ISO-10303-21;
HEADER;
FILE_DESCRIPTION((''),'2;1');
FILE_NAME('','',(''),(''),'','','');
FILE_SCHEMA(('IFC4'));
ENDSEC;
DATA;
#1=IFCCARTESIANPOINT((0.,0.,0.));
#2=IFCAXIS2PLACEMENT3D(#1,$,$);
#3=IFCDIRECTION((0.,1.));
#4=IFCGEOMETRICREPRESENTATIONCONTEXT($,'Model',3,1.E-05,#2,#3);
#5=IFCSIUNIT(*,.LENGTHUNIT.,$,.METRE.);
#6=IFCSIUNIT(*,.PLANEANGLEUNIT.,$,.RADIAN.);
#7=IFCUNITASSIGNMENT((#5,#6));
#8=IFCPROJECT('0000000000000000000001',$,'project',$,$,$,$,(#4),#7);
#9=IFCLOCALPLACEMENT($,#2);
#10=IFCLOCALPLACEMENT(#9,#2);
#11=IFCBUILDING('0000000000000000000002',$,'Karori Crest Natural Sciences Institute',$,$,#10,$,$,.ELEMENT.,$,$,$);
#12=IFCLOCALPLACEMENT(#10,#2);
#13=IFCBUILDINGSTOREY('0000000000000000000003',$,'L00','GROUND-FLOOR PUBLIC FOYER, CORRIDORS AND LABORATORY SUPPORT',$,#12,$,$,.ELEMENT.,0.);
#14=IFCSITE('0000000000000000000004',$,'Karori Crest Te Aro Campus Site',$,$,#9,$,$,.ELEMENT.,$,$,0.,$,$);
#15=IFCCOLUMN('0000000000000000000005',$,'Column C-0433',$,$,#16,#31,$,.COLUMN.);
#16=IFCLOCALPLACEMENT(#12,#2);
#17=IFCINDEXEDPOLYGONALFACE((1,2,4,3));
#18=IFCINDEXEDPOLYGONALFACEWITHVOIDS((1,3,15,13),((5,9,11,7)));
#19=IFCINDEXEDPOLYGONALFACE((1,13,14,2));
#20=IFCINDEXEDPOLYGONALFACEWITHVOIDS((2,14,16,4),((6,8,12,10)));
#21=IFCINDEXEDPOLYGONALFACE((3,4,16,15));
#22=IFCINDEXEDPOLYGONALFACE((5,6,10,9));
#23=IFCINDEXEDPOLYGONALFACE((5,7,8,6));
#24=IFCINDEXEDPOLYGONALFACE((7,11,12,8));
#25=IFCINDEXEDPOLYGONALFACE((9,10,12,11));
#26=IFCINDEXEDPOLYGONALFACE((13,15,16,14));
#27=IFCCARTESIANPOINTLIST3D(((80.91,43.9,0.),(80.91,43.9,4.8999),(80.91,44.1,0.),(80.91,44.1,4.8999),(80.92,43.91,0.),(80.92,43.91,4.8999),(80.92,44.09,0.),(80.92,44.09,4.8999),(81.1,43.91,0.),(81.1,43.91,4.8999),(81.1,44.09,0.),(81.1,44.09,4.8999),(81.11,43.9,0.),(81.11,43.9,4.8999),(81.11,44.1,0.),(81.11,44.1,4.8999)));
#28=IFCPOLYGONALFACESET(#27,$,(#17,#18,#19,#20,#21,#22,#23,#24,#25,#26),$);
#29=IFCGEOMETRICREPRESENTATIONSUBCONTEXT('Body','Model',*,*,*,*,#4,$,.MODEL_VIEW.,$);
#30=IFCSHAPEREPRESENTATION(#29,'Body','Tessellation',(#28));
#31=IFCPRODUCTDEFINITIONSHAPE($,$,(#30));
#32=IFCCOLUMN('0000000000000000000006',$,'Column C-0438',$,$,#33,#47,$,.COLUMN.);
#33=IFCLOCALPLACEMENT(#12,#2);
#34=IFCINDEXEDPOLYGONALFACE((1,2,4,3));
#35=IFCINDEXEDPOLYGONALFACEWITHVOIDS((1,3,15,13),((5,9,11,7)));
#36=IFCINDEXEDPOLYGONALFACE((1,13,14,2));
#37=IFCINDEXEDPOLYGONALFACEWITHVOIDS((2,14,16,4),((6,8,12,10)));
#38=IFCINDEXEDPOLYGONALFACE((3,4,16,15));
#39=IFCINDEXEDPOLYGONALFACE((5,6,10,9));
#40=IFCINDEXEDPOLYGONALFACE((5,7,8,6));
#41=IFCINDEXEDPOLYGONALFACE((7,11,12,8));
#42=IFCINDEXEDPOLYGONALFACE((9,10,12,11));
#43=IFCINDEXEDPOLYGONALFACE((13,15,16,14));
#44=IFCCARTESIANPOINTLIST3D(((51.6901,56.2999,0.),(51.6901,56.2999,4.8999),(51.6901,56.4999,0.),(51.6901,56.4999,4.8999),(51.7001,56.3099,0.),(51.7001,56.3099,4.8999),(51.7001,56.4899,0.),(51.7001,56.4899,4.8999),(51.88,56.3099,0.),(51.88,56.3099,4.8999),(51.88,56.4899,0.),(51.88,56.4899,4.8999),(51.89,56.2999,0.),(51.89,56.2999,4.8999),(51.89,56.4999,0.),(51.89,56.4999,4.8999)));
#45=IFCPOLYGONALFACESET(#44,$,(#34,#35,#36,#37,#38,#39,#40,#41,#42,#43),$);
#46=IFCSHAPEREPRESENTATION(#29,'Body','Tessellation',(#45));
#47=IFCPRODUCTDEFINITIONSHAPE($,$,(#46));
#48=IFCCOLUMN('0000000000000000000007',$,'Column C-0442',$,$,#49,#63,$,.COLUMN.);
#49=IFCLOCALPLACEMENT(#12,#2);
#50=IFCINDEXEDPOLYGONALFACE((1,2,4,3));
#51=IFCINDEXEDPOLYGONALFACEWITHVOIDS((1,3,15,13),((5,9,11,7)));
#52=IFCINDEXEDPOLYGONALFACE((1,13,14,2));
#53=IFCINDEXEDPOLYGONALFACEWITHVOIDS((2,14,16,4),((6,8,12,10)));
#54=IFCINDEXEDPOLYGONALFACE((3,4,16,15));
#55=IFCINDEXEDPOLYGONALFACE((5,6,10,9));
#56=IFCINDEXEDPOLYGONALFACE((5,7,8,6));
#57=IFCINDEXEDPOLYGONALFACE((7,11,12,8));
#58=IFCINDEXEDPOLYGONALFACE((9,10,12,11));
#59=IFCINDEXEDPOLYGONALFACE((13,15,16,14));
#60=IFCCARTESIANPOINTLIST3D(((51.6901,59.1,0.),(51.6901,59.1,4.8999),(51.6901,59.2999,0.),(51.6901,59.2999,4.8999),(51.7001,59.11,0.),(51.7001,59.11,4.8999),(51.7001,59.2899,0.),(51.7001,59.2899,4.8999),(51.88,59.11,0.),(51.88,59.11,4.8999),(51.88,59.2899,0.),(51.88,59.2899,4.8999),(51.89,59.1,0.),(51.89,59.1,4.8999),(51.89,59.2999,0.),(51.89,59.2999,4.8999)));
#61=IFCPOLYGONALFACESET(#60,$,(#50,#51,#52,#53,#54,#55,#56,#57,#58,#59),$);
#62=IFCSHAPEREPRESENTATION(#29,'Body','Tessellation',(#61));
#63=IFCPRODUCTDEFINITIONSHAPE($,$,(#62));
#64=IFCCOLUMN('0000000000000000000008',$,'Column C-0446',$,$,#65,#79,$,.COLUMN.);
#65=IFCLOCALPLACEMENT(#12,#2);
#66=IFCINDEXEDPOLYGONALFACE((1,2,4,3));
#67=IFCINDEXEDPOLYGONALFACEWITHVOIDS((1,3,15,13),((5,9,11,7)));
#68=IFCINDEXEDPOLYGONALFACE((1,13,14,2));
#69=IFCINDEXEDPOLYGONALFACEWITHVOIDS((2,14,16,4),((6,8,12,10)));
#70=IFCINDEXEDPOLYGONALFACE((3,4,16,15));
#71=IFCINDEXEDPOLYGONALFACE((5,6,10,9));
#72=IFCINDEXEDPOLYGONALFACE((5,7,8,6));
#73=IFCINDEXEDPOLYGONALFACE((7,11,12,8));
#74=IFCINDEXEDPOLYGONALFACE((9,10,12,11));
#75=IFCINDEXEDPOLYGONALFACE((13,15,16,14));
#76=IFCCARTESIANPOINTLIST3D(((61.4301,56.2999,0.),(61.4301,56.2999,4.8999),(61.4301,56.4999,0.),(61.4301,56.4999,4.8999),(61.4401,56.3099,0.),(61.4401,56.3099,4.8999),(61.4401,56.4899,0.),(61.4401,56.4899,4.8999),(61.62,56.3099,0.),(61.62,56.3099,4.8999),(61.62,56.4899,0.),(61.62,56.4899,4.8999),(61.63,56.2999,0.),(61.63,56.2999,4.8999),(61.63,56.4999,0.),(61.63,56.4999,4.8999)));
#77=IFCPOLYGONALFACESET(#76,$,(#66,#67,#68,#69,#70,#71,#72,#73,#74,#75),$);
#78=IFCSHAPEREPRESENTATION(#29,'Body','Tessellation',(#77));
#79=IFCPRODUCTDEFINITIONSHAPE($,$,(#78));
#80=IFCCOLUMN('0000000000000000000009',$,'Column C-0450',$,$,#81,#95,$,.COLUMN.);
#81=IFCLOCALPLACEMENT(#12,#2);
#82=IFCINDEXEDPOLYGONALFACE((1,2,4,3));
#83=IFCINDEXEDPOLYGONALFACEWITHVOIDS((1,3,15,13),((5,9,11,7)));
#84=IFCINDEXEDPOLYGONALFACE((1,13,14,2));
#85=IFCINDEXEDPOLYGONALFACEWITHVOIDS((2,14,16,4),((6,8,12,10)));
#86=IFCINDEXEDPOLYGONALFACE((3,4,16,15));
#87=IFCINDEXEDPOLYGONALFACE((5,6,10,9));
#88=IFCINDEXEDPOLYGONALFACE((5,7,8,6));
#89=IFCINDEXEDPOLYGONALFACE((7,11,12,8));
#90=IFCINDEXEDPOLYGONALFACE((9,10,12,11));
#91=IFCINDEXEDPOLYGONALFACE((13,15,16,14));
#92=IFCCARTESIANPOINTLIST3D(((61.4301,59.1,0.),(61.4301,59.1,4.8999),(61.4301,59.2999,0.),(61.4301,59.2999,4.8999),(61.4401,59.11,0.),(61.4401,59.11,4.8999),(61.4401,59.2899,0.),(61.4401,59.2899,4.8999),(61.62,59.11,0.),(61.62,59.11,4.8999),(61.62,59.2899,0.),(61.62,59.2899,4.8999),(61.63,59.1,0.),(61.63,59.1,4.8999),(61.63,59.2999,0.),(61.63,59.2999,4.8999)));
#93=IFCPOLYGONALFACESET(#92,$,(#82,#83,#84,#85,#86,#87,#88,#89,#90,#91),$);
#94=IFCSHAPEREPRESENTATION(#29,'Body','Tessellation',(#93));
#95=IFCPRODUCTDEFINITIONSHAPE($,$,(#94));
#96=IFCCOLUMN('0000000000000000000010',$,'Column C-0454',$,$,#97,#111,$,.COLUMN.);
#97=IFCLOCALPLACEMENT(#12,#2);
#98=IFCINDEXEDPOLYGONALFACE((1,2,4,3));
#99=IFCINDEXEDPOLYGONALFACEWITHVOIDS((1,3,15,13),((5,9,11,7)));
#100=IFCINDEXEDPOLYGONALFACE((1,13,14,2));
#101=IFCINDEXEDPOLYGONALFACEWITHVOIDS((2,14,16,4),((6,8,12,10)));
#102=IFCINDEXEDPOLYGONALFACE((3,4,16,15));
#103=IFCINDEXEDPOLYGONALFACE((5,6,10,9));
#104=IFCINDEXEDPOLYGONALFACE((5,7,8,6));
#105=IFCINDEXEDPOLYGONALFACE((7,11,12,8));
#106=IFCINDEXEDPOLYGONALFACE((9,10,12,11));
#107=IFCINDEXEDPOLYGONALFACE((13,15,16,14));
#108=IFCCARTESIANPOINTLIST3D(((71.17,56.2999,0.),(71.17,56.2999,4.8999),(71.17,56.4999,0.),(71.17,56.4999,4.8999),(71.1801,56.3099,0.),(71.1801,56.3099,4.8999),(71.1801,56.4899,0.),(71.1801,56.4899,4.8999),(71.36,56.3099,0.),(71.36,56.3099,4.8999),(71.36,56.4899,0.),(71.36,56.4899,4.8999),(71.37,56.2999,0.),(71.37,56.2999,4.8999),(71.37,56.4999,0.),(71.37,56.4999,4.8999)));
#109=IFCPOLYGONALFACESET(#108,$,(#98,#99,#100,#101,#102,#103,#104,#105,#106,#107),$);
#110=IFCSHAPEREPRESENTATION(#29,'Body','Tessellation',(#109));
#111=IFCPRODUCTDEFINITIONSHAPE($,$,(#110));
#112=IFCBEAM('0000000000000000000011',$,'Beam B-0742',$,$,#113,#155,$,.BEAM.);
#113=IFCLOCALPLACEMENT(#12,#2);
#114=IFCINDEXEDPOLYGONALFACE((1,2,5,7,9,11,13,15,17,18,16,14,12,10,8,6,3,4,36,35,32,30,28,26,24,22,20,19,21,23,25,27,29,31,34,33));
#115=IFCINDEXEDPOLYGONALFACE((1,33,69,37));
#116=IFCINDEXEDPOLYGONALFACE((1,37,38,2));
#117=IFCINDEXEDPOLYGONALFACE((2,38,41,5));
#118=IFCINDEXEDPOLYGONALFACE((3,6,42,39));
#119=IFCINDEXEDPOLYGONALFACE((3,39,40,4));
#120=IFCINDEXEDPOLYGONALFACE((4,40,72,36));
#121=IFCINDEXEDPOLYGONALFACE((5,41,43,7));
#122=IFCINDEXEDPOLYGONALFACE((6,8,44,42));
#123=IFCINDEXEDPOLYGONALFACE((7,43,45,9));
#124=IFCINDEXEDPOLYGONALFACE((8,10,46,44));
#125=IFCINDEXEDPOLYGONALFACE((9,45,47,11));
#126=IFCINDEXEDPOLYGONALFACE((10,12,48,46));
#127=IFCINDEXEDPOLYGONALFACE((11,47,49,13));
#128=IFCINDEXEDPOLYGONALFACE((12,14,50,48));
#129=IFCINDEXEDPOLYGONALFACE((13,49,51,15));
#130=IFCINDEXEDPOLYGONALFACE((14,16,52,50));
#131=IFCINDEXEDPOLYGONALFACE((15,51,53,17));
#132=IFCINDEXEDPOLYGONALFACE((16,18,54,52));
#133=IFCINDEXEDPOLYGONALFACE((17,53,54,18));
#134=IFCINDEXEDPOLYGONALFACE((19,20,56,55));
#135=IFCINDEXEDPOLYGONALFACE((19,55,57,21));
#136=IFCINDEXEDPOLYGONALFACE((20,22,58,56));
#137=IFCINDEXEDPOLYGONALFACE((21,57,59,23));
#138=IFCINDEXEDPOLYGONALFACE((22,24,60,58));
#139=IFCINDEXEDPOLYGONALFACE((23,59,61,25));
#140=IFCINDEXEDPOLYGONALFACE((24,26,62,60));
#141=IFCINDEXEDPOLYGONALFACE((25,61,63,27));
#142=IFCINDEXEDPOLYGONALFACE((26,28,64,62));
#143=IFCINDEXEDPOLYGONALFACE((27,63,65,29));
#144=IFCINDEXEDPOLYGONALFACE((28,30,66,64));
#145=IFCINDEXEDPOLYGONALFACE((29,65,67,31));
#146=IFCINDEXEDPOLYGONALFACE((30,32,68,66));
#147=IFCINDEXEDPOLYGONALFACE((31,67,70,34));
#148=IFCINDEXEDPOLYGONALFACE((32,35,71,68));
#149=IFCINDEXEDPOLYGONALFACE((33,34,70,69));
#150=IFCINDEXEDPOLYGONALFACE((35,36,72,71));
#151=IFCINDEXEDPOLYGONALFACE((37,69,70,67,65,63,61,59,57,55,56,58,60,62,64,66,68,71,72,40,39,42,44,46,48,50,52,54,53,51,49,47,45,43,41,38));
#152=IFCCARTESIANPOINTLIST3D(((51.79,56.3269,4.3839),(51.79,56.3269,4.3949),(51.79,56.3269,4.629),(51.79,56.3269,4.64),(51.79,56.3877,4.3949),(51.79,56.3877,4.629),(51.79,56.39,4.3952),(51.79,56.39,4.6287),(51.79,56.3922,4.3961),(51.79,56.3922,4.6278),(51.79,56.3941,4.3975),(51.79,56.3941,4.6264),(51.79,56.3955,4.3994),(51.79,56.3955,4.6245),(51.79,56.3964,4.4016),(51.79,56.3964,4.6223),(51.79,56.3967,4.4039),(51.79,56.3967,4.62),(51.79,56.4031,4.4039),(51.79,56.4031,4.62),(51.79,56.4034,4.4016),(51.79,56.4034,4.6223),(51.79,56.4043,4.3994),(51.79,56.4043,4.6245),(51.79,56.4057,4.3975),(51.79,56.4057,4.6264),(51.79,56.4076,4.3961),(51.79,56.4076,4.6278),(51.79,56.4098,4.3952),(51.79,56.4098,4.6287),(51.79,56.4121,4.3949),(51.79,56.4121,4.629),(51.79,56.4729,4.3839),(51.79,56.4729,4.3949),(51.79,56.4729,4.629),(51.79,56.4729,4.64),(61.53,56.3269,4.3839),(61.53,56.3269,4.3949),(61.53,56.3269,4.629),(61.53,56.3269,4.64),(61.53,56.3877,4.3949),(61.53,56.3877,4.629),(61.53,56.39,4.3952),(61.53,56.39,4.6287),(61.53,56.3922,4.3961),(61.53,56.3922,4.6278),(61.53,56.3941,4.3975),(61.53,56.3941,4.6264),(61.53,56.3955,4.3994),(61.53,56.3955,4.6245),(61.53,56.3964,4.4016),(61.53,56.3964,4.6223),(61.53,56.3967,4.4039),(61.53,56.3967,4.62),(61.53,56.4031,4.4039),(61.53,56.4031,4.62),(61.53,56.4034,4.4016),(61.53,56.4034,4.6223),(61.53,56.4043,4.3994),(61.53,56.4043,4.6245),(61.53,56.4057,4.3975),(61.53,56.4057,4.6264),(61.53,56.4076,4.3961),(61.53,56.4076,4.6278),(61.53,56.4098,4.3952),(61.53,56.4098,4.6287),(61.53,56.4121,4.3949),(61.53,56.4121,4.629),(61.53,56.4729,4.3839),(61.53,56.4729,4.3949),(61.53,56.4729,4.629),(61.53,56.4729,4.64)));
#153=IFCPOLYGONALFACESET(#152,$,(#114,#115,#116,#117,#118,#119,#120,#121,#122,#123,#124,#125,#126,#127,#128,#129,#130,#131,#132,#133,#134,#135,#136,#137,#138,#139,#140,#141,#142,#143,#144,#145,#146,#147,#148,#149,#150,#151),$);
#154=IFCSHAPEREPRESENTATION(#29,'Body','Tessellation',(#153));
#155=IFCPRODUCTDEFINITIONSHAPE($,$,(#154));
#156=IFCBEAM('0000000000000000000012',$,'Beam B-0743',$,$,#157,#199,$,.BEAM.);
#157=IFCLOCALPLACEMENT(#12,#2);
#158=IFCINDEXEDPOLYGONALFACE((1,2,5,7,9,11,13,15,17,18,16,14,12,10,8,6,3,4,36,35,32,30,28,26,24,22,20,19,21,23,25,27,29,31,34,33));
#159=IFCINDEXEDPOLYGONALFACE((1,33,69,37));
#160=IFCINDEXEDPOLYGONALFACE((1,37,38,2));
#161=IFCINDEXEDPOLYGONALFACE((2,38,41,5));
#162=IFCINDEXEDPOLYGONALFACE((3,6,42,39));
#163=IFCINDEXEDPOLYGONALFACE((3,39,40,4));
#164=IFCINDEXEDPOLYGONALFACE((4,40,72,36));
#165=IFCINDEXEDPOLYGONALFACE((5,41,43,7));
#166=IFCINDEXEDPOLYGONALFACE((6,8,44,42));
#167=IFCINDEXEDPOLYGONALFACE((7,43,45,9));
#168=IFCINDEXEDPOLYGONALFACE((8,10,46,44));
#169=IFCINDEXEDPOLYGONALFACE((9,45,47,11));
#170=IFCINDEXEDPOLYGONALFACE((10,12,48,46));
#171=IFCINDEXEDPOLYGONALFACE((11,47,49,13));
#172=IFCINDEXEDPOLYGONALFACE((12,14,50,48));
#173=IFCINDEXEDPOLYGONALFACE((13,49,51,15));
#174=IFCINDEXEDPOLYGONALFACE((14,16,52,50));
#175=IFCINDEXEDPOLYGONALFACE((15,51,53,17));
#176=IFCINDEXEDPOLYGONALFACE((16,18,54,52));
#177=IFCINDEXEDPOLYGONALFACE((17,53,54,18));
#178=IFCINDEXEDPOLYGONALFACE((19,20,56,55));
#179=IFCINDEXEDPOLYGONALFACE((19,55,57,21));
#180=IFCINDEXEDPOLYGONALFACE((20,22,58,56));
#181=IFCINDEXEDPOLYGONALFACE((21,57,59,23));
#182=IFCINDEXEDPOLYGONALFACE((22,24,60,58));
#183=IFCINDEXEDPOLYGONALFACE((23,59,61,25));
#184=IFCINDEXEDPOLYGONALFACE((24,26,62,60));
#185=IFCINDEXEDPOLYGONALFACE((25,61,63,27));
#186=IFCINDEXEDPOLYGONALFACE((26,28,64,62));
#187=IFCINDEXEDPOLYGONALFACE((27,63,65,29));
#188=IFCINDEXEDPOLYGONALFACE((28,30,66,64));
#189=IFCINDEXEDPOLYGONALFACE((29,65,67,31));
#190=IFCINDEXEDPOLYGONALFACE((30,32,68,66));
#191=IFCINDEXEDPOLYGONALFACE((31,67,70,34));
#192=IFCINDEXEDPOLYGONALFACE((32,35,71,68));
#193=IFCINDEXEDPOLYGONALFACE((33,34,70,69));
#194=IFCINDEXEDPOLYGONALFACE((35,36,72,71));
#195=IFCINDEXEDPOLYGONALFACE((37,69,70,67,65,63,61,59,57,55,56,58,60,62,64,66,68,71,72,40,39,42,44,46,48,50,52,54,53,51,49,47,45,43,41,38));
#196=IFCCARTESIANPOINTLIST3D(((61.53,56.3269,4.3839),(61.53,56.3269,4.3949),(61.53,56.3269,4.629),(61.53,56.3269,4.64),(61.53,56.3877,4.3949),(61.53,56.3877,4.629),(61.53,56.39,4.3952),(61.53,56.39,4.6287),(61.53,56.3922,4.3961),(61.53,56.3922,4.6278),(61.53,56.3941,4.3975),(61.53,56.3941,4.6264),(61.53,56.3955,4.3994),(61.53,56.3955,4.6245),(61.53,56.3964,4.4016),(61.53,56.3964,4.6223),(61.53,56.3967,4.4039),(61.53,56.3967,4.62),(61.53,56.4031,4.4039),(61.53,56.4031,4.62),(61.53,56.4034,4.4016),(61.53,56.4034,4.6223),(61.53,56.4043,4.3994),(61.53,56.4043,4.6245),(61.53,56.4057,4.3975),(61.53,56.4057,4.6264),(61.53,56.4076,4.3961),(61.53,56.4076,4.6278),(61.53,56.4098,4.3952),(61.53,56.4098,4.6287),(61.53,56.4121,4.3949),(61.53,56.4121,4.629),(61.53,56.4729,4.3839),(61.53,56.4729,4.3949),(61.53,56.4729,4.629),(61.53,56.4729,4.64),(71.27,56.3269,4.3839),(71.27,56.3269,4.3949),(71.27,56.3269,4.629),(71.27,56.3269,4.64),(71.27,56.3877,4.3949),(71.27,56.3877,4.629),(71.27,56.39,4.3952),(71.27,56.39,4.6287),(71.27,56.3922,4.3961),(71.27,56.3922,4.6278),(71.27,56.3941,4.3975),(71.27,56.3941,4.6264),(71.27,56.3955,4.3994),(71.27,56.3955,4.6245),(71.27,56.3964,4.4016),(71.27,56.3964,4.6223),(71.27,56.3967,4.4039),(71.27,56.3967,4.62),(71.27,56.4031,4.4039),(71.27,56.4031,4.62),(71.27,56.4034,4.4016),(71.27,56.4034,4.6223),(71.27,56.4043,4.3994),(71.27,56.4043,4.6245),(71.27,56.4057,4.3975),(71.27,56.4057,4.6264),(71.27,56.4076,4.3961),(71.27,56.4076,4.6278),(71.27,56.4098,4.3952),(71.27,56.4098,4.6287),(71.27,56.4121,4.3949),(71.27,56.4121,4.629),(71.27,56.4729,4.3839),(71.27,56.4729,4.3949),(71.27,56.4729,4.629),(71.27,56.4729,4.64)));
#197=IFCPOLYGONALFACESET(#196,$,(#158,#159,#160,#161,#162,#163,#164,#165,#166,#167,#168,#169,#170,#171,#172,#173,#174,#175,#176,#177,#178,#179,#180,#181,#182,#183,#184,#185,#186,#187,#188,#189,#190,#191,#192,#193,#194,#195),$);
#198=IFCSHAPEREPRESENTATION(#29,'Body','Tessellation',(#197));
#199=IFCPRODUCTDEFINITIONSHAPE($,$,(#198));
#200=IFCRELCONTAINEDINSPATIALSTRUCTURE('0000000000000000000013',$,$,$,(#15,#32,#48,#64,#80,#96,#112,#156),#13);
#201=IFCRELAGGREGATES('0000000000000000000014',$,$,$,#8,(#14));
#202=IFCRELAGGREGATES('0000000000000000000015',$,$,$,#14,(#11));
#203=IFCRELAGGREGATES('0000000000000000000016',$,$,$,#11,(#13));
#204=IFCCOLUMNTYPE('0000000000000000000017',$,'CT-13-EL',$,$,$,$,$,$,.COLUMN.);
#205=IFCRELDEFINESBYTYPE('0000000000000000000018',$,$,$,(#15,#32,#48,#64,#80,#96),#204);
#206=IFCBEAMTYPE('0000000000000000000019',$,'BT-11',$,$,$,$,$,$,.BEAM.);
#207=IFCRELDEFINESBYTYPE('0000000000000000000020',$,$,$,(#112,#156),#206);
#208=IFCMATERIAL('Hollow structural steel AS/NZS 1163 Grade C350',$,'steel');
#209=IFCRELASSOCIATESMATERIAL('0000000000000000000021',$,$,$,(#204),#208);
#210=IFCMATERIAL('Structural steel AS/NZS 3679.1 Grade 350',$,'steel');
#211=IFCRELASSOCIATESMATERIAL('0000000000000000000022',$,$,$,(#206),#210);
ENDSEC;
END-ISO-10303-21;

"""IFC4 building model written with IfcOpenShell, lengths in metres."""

from ifc_helpers import new_model, si_unit, direction, frame, origin, origin_2d, place, context, subcontext, project, spatial, hollow_rectangle, i_section, extrude, material, material_profile, profile_set, type_object, element, save


model = new_model("IFC4")

# Units and contexts
model_context = context("Model", 3, precision=1e-05, world=origin(), true_north=direction((0.0, 1.0)))
body_context = subcontext(model_context, "Body", "Model", "MODEL_VIEW")
ifc_project = project(units=[si_unit("LENGTHUNIT", "METRE"), si_unit("PLANEANGLEUNIT", "RADIAN")], contexts=[model_context])

# Site, building, storey
site_placement = place(None, origin())
site = spatial("IfcSite", under=ifc_project, at=site_placement, Name="Karori Crest Te Aro Campus Site", CompositionType="ELEMENT", RefElevation=0.0)
building_placement = place(site_placement, origin())
building = spatial("IfcBuilding", under=site, at=building_placement, Name="Karori Crest Natural Sciences Institute", CompositionType="ELEMENT")
storey_placement = place(building_placement, origin())
storey = spatial("IfcBuildingStorey", under=building, at=storey_placement, Name="L00", Description="GROUND-FLOOR PUBLIC FOYER, CORRIDORS AND LABORATORY SUPPORT", CompositionType="ELEMENT", Elevation=0.0)

# Columns
ifc_material_1 = material(Name="Hollow structural steel AS/NZS 1163 Grade C350", Category="steel")
ifc_material_profile_1 = material_profile(ifc_material_1, hollow_rectangle(XDim=0.2, YDim=0.2, WallThickness=0.01, at=origin_2d()), Name="SHS200x200x10")
ifc_profile_set_1 = profile_set([ifc_material_profile_1], Name="Hollow structural steel AS/NZS 1163 Grade C350")
column_type = type_object("IfcColumnType", Name="CT-13-EL", PredefinedType="COLUMN", material=ifc_profile_set_1)
for number, where, z_axis, x_axis, name in (
    (1, (81.01, 44.0, 0.0), (0.0, 0.0, 1.0), (1.0, 0.0, 0.0), "Column C-0433"),
    (2, (51.79, 56.3999, 0.0), (0.0, 0.0, 1.0), (1.0, 0.0, 0.0), "Column C-0438"),
    (3, (51.79, 59.2, 0.0), (0.0, 0.0, 1.0), (1.0, 0.0, 0.0), "Column C-0442"),
    (4, (61.53, 56.3999, 0.0), (0.0, 0.0, 1.0), (1.0, 0.0, 0.0), "Column C-0446"),
    (5, (61.53, 59.2, 0.0), (0.0, 0.0, 1.0), (1.0, 0.0, 0.0), "Column C-0450"),
    (6, (71.27, 56.3999, 0.0), (0.0, 0.0, 1.0), (1.0, 0.0, 0.0), "Column C-0454"),
):
    element("IfcColumn", number, at=place(storey_placement, frame(where, z_axis=z_axis, x_axis=x_axis)), inside=storey, type_object=column_type, Name=name, PredefinedType="COLUMN", context=body_context, shape_type="SweptSolid", body=[
        extrude(hollow_rectangle(XDim=0.2, YDim=0.2, WallThickness=0.01, at=origin_2d()), origin(), (0.0, 0.0, 1.0), 4.8999),
    ])

# Beams
ifc_material_2 = material(Name="Structural steel AS/NZS 3679.1 Grade 350", Category="steel")
ifc_material_profile_2 = material_profile(ifc_material_2, i_section(OverallWidth=0.146, OverallDepth=0.2561, WebThickness=0.0063, FlangeThickness=0.011, FilletRadius=0.009, at=origin_2d()), Name="250UB37.3")
ifc_profile_set_2 = profile_set([ifc_material_profile_2], Name="Structural steel AS/NZS 3679.1 Grade 350")
beam_type_1 = type_object("IfcBeamType", Name="BT-11", PredefinedType="BEAM", material=ifc_profile_set_2)
for number, where, z_axis, x_axis, name in (
    (7, (51.79, 56.3999, 4.512), (1.0, 0.0, 0.0), (0.0, 1.0, 0.0), "Beam B-0742"),
    (8, (61.53, 56.3999, 4.512), (1.0, 0.0, 0.0), (0.0, 1.0, 0.0), "Beam B-0743"),
):
    element("IfcBeam", number, at=place(storey_placement, frame(where, z_axis=z_axis, x_axis=x_axis)), inside=storey, type_object=beam_type_1, Name=name, PredefinedType="BEAM", context=body_context, shape_type="SweptSolid", body=[
        extrude(i_section(OverallWidth=0.146, OverallDepth=0.2561, WebThickness=0.0063, FlangeThickness=0.011, FilletRadius=0.009, at=origin_2d()), origin(), (0.0, 0.0, 1.0), 9.74),
    ])

save(model, "model.ifc")
